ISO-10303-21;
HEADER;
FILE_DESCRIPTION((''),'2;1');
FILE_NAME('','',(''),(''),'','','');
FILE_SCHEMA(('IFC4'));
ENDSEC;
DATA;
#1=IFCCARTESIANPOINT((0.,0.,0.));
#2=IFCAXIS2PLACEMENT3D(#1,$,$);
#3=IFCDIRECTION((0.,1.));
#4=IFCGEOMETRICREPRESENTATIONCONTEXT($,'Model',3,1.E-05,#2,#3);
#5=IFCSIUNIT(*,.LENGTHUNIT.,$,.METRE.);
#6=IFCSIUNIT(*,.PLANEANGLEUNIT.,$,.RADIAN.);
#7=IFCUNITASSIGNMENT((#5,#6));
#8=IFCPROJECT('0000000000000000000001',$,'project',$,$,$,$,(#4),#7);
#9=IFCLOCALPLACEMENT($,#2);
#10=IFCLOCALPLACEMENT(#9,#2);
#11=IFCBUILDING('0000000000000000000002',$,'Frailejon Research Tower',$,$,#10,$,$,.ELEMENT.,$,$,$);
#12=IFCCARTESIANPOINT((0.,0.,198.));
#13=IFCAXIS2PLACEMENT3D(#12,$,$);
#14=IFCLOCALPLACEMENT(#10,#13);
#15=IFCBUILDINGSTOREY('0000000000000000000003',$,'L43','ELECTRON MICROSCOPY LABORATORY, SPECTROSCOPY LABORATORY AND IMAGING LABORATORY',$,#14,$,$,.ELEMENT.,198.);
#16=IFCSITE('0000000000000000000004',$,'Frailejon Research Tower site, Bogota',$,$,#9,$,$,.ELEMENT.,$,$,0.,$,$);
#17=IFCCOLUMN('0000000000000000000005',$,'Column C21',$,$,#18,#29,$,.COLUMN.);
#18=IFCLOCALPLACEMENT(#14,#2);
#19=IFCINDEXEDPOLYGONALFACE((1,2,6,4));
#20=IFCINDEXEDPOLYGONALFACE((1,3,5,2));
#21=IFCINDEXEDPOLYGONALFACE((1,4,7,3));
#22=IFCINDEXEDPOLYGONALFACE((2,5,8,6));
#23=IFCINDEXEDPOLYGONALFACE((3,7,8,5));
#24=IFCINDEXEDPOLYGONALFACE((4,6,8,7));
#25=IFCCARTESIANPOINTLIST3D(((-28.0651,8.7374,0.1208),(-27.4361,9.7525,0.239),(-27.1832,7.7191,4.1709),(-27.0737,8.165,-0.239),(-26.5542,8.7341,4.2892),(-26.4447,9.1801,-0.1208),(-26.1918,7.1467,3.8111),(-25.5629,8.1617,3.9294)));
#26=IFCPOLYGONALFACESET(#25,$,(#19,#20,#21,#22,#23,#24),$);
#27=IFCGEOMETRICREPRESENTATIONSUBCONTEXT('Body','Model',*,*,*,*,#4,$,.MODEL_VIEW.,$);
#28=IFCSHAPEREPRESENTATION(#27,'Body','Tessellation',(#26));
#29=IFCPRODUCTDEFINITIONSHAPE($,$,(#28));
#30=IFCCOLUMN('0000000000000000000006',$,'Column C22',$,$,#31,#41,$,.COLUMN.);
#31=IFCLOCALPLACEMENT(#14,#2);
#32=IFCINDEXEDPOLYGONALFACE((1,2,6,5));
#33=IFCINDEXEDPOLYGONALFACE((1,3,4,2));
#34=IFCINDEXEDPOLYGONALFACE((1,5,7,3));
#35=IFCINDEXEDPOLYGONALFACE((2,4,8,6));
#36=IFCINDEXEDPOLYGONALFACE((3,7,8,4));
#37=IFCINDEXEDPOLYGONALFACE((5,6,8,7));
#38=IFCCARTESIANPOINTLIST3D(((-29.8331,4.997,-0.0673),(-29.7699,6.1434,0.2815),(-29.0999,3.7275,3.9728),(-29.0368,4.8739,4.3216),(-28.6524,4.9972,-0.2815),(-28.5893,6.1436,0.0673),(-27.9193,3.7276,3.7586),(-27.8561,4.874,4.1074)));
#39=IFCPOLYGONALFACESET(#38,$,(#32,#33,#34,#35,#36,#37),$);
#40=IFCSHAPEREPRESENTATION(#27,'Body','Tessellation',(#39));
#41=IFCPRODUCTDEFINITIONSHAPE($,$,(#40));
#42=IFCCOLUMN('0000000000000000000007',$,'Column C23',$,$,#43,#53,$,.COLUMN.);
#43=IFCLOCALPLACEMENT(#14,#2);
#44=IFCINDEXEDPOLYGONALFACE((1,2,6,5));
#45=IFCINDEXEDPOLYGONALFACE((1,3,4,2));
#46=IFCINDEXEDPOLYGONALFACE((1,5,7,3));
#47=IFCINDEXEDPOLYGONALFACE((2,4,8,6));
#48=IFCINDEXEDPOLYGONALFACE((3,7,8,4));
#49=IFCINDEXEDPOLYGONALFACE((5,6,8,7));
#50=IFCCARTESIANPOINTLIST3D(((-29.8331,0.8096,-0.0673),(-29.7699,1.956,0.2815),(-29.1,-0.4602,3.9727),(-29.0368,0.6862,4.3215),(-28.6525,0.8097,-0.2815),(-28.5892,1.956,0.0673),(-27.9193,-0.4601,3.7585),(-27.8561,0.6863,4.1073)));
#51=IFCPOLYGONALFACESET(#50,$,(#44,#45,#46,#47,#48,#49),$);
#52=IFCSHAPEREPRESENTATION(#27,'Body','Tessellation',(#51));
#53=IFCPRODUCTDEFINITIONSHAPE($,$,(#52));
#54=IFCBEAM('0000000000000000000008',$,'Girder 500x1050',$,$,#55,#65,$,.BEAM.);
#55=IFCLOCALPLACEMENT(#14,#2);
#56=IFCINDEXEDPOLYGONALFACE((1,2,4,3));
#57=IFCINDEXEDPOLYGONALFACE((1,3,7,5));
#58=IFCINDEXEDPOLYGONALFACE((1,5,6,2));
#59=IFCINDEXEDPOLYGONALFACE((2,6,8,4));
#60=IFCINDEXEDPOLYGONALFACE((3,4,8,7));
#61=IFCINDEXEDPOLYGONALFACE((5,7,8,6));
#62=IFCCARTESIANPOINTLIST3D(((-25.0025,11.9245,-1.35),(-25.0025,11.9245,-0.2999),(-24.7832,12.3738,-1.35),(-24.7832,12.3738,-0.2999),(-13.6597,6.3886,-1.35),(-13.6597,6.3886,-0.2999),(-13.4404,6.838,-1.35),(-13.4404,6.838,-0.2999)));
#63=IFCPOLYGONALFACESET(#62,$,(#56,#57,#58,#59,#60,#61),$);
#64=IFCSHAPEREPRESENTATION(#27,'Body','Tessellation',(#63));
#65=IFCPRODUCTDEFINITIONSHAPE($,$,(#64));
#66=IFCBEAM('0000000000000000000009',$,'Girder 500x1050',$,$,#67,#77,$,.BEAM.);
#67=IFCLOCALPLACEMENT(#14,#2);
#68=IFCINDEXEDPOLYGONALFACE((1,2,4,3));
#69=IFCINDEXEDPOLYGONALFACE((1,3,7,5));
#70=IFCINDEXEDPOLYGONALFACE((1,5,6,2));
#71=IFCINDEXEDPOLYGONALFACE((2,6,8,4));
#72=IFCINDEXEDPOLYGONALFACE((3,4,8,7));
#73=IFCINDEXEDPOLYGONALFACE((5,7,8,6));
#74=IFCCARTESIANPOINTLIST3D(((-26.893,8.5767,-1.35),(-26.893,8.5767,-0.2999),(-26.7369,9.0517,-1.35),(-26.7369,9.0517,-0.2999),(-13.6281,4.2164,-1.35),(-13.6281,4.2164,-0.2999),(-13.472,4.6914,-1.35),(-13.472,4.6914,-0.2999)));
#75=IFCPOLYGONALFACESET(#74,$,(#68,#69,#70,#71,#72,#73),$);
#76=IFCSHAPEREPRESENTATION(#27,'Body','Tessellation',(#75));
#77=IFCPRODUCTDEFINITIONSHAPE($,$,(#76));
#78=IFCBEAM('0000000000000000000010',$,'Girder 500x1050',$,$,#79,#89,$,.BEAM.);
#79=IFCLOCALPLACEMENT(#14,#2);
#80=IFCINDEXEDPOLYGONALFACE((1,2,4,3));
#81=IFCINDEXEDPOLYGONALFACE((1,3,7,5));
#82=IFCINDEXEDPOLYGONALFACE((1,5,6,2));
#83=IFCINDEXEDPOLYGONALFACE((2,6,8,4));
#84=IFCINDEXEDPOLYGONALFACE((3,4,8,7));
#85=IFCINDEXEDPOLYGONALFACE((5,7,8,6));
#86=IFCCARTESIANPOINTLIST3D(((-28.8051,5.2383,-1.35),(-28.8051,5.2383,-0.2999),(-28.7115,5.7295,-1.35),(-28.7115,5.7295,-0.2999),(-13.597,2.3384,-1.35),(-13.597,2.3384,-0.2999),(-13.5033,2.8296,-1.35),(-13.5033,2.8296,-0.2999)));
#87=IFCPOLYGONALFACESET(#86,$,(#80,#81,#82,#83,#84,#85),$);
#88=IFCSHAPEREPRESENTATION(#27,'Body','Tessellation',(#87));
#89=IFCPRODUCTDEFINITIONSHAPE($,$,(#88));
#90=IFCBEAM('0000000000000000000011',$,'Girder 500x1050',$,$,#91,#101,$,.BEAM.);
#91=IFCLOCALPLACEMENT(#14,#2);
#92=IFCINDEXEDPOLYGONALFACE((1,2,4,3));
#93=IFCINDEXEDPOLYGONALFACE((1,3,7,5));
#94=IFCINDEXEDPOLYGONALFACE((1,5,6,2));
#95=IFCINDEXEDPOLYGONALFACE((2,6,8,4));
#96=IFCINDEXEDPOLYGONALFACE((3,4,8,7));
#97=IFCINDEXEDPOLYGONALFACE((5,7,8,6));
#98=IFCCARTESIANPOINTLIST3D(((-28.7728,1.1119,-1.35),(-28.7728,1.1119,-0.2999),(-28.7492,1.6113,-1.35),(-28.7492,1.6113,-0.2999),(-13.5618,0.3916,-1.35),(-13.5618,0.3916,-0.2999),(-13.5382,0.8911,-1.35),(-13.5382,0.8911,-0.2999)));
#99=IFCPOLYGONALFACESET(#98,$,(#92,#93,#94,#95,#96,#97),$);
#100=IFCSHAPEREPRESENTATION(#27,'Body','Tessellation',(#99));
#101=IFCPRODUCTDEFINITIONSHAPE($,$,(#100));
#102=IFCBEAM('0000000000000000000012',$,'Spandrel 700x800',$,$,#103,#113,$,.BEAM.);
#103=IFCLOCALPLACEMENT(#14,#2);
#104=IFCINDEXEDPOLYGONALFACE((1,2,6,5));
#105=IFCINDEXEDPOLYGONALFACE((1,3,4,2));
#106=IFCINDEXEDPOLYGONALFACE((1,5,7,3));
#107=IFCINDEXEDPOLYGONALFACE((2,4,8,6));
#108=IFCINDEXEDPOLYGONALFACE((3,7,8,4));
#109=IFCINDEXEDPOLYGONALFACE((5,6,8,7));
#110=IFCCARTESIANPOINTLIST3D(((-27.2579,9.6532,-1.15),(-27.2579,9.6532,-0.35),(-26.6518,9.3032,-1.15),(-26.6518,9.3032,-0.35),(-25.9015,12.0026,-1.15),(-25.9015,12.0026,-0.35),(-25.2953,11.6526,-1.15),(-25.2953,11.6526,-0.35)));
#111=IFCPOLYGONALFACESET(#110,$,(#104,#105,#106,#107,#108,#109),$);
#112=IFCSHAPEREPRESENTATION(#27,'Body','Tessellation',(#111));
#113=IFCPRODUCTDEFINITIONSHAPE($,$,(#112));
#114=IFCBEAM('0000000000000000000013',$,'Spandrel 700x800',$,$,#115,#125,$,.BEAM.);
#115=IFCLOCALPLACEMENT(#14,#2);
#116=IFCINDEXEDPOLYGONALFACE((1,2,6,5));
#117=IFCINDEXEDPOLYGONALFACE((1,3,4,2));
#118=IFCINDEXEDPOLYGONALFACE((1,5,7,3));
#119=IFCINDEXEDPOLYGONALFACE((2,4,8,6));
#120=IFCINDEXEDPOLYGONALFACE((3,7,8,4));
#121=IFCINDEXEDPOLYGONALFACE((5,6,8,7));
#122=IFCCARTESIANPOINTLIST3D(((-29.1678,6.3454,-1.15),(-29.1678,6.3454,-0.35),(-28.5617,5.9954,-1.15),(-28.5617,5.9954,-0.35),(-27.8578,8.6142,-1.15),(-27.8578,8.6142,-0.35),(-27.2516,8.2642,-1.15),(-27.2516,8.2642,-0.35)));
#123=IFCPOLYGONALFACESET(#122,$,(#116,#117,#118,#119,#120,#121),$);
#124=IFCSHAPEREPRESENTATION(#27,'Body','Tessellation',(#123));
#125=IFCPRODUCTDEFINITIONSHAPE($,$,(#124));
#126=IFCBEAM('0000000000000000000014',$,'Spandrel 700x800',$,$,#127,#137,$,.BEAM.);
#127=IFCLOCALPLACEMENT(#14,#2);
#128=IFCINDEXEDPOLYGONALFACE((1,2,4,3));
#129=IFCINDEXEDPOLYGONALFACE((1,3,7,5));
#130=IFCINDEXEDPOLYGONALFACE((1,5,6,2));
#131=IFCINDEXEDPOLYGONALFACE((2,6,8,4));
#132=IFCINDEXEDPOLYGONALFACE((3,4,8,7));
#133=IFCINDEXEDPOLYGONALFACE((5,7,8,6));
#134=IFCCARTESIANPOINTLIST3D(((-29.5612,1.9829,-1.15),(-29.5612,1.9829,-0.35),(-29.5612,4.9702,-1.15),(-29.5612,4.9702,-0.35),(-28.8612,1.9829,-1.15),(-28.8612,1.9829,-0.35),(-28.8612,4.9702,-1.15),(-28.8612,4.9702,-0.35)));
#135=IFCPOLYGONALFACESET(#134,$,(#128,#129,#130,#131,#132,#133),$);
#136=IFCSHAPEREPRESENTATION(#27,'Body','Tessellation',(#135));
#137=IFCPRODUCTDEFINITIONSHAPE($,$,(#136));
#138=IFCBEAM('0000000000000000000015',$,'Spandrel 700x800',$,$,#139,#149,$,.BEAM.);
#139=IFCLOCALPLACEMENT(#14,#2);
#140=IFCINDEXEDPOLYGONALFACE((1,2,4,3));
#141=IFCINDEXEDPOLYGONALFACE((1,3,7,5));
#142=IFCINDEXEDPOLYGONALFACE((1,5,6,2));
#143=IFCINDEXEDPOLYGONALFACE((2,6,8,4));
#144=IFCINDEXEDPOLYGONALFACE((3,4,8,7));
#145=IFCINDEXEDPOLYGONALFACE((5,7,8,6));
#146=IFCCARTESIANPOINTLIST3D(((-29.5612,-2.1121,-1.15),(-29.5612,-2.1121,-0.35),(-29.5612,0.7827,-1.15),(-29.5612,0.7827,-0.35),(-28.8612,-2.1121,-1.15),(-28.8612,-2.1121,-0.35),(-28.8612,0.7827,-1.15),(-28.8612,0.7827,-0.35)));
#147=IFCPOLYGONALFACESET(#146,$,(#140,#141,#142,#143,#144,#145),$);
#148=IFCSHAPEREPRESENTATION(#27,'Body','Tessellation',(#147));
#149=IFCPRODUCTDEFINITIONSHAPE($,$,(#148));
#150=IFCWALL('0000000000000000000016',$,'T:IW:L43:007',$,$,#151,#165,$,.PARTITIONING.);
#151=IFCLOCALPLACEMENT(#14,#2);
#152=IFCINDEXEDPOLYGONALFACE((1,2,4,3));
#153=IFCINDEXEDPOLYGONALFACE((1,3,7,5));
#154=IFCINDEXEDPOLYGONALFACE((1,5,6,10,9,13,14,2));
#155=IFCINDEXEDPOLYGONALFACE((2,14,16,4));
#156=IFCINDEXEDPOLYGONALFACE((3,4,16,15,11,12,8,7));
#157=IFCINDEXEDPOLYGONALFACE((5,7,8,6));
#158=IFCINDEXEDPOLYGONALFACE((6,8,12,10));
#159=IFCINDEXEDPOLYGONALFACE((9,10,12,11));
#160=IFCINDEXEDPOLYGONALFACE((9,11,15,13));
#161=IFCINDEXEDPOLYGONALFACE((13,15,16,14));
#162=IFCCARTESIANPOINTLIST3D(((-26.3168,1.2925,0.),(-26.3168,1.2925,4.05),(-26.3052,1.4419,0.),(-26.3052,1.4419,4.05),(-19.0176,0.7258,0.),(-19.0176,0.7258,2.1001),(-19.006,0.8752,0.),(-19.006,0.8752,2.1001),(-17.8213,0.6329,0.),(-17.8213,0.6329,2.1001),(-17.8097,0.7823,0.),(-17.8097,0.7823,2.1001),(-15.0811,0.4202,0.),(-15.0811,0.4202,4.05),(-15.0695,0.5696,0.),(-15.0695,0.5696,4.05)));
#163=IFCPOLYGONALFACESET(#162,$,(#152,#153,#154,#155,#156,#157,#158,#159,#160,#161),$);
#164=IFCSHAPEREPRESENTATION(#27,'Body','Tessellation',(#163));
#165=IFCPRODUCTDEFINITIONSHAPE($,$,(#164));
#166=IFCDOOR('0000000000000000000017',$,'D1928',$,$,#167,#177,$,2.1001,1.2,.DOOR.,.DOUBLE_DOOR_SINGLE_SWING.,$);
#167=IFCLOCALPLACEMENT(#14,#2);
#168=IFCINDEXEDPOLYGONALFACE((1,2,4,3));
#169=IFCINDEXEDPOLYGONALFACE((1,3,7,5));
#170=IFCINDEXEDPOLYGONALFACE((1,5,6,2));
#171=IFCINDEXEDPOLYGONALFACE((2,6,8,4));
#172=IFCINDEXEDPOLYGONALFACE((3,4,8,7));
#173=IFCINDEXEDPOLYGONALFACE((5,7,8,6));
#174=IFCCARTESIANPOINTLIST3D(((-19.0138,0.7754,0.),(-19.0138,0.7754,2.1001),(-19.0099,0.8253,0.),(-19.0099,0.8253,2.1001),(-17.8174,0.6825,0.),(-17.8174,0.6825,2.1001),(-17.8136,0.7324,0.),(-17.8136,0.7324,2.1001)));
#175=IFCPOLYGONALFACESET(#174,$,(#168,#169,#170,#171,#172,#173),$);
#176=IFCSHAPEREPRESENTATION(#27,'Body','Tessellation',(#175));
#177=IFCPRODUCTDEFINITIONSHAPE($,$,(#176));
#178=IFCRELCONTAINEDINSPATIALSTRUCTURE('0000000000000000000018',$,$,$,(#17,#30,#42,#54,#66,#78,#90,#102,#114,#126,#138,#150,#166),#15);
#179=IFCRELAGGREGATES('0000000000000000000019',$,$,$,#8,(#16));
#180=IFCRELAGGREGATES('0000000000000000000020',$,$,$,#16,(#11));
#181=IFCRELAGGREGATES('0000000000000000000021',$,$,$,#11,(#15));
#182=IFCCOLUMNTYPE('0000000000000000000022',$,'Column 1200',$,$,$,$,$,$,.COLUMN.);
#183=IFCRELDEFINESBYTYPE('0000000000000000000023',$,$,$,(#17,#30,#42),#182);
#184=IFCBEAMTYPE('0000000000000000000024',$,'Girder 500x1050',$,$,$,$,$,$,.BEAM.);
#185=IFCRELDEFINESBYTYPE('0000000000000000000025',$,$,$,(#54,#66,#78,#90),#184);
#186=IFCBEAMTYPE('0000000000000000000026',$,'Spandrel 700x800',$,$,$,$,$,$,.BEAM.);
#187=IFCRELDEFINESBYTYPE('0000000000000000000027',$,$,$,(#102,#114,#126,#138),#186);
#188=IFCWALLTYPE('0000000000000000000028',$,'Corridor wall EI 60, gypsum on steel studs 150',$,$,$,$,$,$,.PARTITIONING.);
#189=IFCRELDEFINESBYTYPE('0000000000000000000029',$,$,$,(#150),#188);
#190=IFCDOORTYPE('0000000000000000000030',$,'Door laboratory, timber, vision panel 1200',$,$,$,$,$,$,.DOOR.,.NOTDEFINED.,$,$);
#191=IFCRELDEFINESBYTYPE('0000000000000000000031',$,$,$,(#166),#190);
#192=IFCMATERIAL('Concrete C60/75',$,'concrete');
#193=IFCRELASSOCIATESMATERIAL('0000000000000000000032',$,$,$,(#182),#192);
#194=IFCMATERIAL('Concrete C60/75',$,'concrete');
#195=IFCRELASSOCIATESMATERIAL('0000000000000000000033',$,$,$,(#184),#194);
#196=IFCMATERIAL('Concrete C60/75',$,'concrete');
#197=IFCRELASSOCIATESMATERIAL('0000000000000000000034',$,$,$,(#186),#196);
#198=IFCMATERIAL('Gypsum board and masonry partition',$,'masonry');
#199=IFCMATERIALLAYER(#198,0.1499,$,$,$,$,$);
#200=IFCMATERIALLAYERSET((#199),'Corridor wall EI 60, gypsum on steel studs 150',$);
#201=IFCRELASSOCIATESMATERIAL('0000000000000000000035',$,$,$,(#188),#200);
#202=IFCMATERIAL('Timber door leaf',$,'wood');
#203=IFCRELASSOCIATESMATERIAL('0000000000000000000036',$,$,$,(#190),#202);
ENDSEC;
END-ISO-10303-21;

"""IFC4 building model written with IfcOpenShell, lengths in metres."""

from ifc_helpers import new_model, si_unit, direction, frame, frame_2d, origin, origin_2d, place, context, subcontext, project, spatial, rectangle, extrude, material, layer, layer_set, material_profile, profile_set, type_object, element, fill, save


model = new_model("IFC4")

# Units and contexts
model_context = context("Model", 3, precision=1e-05, world=origin(), true_north=direction((0.0, 1.0)))
body_context = subcontext(model_context, "Body", "Model", "MODEL_VIEW")
ifc_project = project(units=[si_unit("LENGTHUNIT", "METRE"), si_unit("PLANEANGLEUNIT", "RADIAN")], contexts=[model_context])

# Site, building, storey
site_placement = place(None, origin())
site = spatial("IfcSite", under=ifc_project, at=site_placement, Name="Frailejon Research Tower site, Bogota", CompositionType="ELEMENT", RefElevation=0.0)
building_placement = place(site_placement, origin())
building = spatial("IfcBuilding", under=site, at=building_placement, Name="Frailejon Research Tower", CompositionType="ELEMENT")
storey_placement = place(building_placement, frame((0.0, 0.0, 198.0)))
storey = spatial("IfcBuildingStorey", under=building, at=storey_placement, Name="L43", Description="ELECTRON MICROSCOPY LABORATORY, SPECTROSCOPY LABORATORY AND IMAGING LABORATORY", CompositionType="ELEMENT", Elevation=198.0)

# Columns
ifc_material_1 = material(Name="Concrete C60/75", Category="concrete")
ifc_material_profile_1 = material_profile(ifc_material_1, rectangle(XDim=1.2, YDim=1.2, at=origin_2d()), Name="Column 1200")
ifc_profile_set_1 = profile_set([ifc_material_profile_1], Name="Concrete C60/75")
column_type = type_object("IfcColumnType", Name="Column 1200", PredefinedType="COLUMN", material=ifc_profile_set_1)
column_placement = place(storey_placement, frame((-27.2549, 8.9587, 0.0), z_axis=(0.206606, -0.238581, 0.94889), x_axis=(-0.524171, -0.845891, -0.098554)))
element("IfcColumn", 1, at=column_placement, inside=storey, type_object=column_type, Name="Column C21", PredefinedType="COLUMN", context=body_context, shape_type="SweptSolid", body=[
    extrude(rectangle(XDim=1.2, YDim=1.2, at=origin_2d()), origin(), (0.0, 0.0, 1.0), 4.2683),
])
for number, where, z_axis, x_axis, name in (
    (2, (-29.2112, 5.5703, 0.0), (0.170588, -0.295391, 0.940023), (-0.052628, -0.955377, -0.290665), "Column C22"),
    (3, (-29.2112, 1.3828, 0.0), (0.170585, -0.295442, 0.940008), (-0.052685, -0.955361, -0.290707), "Column C23"),
):
    element("IfcColumn", number, at=place(storey_placement, frame(where, z_axis=z_axis, x_axis=x_axis)), inside=storey, type_object=column_type, Name=name, PredefinedType="COLUMN", context=body_context, shape_type="SweptSolid", body=[
        extrude(rectangle(XDim=1.2, YDim=1.2, at=origin_2d()), origin(), (0.0, 0.0, 1.0), 4.2979),
    ])

# Beams
ifc_material_2 = material(Name="Concrete C60/75", Category="concrete")
ifc_material_profile_2 = material_profile(ifc_material_2, rectangle(XDim=0.5, YDim=1.05, at=origin_2d()), Name="Girder 500x1050")
ifc_profile_set_2 = profile_set([ifc_material_profile_2], Name="Concrete C60/75")
beam_type_1 = type_object("IfcBeamType", Name="Girder 500x1050", PredefinedType="BEAM", material=ifc_profile_set_2)
beam_1_placement = place(storey_placement, frame((-24.8928, 12.1492, -0.825), z_axis=(0.89868, -0.438605, 0.0), x_axis=(0.438605, 0.89868, 0.0)))
element("IfcBeam", 4, at=beam_1_placement, inside=storey, type_object=beam_type_1, Name="Girder 500x1050", PredefinedType="BEAM", context=body_context, shape_type="SweptSolid", body=[
    extrude(rectangle(XDim=0.5, YDim=1.05, at=origin_2d()), origin(), (0.0, 0.0, 1.0), 12.6216),
])
beam_2_placement = place(storey_placement, frame((-26.8149, 8.8142, -0.825), z_axis=(0.949992, -0.312275, 0.0), x_axis=(0.312275, 0.949992, 0.0)))
element("IfcBeam", 5, at=beam_2_placement, inside=storey, type_object=beam_type_1, Name="Girder 500x1050", PredefinedType="BEAM", context=body_context, shape_type="SweptSolid", body=[
    extrude(rectangle(XDim=0.5, YDim=1.05, at=origin_2d()), origin(), (0.0, 0.0, 1.0), 13.9631),
])
beam_3_placement = place(storey_placement, frame((-28.7583, 5.4839, -0.825), z_axis=(0.982302, -0.187305, 0.0), x_axis=(0.187305, 0.982302, 0.0)))
element("IfcBeam", 6, at=beam_3_placement, inside=storey, type_object=beam_type_1, Name="Girder 500x1050", PredefinedType="BEAM", context=body_context, shape_type="SweptSolid", body=[
    extrude(rectangle(XDim=0.5, YDim=1.05, at=origin_2d()), origin(), (0.0, 0.0, 1.0), 15.4822),
])
beam_4_placement = place(storey_placement, frame((-28.761, 1.3616, -0.825), z_axis=(0.998881, -0.047295, 0.0), x_axis=(0.047295, 0.998881, 0.0)))
element("IfcBeam", 7, at=beam_4_placement, inside=storey, type_object=beam_type_1, Name="Girder 500x1050", PredefinedType="BEAM", context=body_context, shape_type="SweptSolid", body=[
    extrude(rectangle(XDim=0.5, YDim=1.05, at=origin_2d()), origin(), (0.0, 0.0, 1.0), 15.228),
])
ifc_material_3 = material(Name="Concrete C60/75", Category="concrete")
ifc_material_profile_3 = material_profile(ifc_material_3, rectangle(XDim=0.7, YDim=0.8, at=origin_2d()), Name="Spandrel 700x800")
ifc_profile_set_3 = profile_set([ifc_material_profile_3], Name="Concrete C60/75")
beam_type_2 = type_object("IfcBeamType", Name="Spandrel 700x800", PredefinedType="BEAM", material=ifc_profile_set_3)
beam_5_placement = place(storey_placement, frame((-25.5984, 11.8276, -0.75), z_axis=(-0.500011, -0.866019, 0.0), x_axis=(0.866019, -0.500011, 0.0)))
element("IfcBeam", 8, at=beam_5_placement, inside=storey, type_object=beam_type_2, Name="Spandrel 700x800", PredefinedType="BEAM", context=body_context, shape_type="SweptSolid", body=[
    extrude(rectangle(XDim=0.7, YDim=0.8, at=origin_2d()), origin(), (0.0, 0.0, 1.0), 2.7129),
])
beam_6_placement = place(storey_placement, frame((-27.5547, 8.4392, -0.75), z_axis=(-0.500048, -0.865998, 0.0), x_axis=(0.865998, -0.500048, 0.0)))
element("IfcBeam", 9, at=beam_6_placement, inside=storey, type_object=beam_type_2, Name="Spandrel 700x800", PredefinedType="BEAM", context=body_context, shape_type="SweptSolid", body=[
    extrude(rectangle(XDim=0.7, YDim=0.8, at=origin_2d()), origin(), (0.0, 0.0, 1.0), 2.6199),
])
beam_7_placement = place(storey_placement, frame((-29.2112, 4.9702, -0.75), z_axis=(0.0, -1.0, 0.0), x_axis=(1.0, 0.0, 0.0)))
element("IfcBeam", 10, at=beam_7_placement, inside=storey, type_object=beam_type_2, Name="Spandrel 700x800", PredefinedType="BEAM", context=body_context, shape_type="SweptSolid", body=[
    extrude(rectangle(XDim=0.7, YDim=0.8, at=origin_2d()), origin(), (0.0, 0.0, 1.0), 2.9873),
])
beam_8_placement = place(storey_placement, frame((-29.2112, 0.7827, -0.75), z_axis=(0.0, -1.0, 0.0), x_axis=(1.0, 0.0, 0.0)))
element("IfcBeam", 11, at=beam_8_placement, inside=storey, type_object=beam_type_2, Name="Spandrel 700x800", PredefinedType="BEAM", context=body_context, shape_type="SweptSolid", body=[
    extrude(rectangle(XDim=0.7, YDim=0.8, at=origin_2d()), origin(), (0.0, 0.0, 1.0), 2.8948),
])

# Wall, opening, door
ifc_material_4 = material(Name="Gypsum board and masonry partition", Category="masonry")
ifc_layer_1 = layer(ifc_material_4, 0.1499)
ifc_layer_set_1 = layer_set([ifc_layer_1], Name="Corridor wall EI 60, gypsum on steel studs 150")
wall_type_1 = type_object("IfcWallType", Name="Corridor wall EI 60, gypsum on steel studs 150", PredefinedType="PARTITIONING", material=ifc_layer_set_1)
wall_1_placement = place(storey_placement, frame((-26.311, 1.3672, 0.0), z_axis=(0.0, 0.0, 1.0), x_axis=(0.997, -0.077404, 0.0)))
wall_1 = element("IfcWall", 12, at=wall_1_placement, inside=storey, type_object=wall_type_1, Name="T:IW:L43:007", PredefinedType="PARTITIONING", context=body_context, shape_type="SweptSolid", body=[
    extrude(rectangle(XDim=11.2695, YDim=0.1499, at=frame_2d((5.6348, 0.0))), origin(), (0.0, 0.0, 1.0), 4.05),
])
opening_1_placement = place(wall_1_placement, frame((7.321, 0.0, 0.0)))
opening_1 = element("IfcOpeningElement", 13, at=opening_1_placement, cuts=wall_1, PredefinedType="OPENING", context=body_context, shape_type="SweptSolid", body=[
    extrude(rectangle(XDim=1.2, YDim=2.1001, at=frame_2d((0.6001, 1.05))), frame((0.0, 0.085, 0.0), z_axis=(0.0, -1.0, 0.0), x_axis=(1.0, 0.0, 0.0)), (0.0, 0.0, 1.0), 0.1699),
])
ifc_material_5 = material(Name="Timber door leaf", Category="wood")
door_type = type_object("IfcDoorType", Name="Door laboratory, timber, vision panel 1200", OperationType="NOTDEFINED", PredefinedType="DOOR", material=ifc_material_5)
door_placement = place(opening_1_placement, origin())
door = element("IfcDoor", 14, at=door_placement, inside=storey, type_object=door_type, Name="D1928", OperationType="DOUBLE_DOOR_SINGLE_SWING", OverallHeight=2.1001, OverallWidth=1.2, PredefinedType="DOOR", context=body_context, shape_type="SweptSolid", body=[
    extrude(rectangle(XDim=1.2, YDim=2.1001, at=frame_2d((0.6001, 1.05))), frame((0.0, 0.0249, 0.0), z_axis=(0.0, -1.0, 0.0), x_axis=(1.0, 0.0, 0.0)), (0.0, 0.0, 1.0), 0.05),
])
fill(opening_1, door)

save(model, "model.ifc")
